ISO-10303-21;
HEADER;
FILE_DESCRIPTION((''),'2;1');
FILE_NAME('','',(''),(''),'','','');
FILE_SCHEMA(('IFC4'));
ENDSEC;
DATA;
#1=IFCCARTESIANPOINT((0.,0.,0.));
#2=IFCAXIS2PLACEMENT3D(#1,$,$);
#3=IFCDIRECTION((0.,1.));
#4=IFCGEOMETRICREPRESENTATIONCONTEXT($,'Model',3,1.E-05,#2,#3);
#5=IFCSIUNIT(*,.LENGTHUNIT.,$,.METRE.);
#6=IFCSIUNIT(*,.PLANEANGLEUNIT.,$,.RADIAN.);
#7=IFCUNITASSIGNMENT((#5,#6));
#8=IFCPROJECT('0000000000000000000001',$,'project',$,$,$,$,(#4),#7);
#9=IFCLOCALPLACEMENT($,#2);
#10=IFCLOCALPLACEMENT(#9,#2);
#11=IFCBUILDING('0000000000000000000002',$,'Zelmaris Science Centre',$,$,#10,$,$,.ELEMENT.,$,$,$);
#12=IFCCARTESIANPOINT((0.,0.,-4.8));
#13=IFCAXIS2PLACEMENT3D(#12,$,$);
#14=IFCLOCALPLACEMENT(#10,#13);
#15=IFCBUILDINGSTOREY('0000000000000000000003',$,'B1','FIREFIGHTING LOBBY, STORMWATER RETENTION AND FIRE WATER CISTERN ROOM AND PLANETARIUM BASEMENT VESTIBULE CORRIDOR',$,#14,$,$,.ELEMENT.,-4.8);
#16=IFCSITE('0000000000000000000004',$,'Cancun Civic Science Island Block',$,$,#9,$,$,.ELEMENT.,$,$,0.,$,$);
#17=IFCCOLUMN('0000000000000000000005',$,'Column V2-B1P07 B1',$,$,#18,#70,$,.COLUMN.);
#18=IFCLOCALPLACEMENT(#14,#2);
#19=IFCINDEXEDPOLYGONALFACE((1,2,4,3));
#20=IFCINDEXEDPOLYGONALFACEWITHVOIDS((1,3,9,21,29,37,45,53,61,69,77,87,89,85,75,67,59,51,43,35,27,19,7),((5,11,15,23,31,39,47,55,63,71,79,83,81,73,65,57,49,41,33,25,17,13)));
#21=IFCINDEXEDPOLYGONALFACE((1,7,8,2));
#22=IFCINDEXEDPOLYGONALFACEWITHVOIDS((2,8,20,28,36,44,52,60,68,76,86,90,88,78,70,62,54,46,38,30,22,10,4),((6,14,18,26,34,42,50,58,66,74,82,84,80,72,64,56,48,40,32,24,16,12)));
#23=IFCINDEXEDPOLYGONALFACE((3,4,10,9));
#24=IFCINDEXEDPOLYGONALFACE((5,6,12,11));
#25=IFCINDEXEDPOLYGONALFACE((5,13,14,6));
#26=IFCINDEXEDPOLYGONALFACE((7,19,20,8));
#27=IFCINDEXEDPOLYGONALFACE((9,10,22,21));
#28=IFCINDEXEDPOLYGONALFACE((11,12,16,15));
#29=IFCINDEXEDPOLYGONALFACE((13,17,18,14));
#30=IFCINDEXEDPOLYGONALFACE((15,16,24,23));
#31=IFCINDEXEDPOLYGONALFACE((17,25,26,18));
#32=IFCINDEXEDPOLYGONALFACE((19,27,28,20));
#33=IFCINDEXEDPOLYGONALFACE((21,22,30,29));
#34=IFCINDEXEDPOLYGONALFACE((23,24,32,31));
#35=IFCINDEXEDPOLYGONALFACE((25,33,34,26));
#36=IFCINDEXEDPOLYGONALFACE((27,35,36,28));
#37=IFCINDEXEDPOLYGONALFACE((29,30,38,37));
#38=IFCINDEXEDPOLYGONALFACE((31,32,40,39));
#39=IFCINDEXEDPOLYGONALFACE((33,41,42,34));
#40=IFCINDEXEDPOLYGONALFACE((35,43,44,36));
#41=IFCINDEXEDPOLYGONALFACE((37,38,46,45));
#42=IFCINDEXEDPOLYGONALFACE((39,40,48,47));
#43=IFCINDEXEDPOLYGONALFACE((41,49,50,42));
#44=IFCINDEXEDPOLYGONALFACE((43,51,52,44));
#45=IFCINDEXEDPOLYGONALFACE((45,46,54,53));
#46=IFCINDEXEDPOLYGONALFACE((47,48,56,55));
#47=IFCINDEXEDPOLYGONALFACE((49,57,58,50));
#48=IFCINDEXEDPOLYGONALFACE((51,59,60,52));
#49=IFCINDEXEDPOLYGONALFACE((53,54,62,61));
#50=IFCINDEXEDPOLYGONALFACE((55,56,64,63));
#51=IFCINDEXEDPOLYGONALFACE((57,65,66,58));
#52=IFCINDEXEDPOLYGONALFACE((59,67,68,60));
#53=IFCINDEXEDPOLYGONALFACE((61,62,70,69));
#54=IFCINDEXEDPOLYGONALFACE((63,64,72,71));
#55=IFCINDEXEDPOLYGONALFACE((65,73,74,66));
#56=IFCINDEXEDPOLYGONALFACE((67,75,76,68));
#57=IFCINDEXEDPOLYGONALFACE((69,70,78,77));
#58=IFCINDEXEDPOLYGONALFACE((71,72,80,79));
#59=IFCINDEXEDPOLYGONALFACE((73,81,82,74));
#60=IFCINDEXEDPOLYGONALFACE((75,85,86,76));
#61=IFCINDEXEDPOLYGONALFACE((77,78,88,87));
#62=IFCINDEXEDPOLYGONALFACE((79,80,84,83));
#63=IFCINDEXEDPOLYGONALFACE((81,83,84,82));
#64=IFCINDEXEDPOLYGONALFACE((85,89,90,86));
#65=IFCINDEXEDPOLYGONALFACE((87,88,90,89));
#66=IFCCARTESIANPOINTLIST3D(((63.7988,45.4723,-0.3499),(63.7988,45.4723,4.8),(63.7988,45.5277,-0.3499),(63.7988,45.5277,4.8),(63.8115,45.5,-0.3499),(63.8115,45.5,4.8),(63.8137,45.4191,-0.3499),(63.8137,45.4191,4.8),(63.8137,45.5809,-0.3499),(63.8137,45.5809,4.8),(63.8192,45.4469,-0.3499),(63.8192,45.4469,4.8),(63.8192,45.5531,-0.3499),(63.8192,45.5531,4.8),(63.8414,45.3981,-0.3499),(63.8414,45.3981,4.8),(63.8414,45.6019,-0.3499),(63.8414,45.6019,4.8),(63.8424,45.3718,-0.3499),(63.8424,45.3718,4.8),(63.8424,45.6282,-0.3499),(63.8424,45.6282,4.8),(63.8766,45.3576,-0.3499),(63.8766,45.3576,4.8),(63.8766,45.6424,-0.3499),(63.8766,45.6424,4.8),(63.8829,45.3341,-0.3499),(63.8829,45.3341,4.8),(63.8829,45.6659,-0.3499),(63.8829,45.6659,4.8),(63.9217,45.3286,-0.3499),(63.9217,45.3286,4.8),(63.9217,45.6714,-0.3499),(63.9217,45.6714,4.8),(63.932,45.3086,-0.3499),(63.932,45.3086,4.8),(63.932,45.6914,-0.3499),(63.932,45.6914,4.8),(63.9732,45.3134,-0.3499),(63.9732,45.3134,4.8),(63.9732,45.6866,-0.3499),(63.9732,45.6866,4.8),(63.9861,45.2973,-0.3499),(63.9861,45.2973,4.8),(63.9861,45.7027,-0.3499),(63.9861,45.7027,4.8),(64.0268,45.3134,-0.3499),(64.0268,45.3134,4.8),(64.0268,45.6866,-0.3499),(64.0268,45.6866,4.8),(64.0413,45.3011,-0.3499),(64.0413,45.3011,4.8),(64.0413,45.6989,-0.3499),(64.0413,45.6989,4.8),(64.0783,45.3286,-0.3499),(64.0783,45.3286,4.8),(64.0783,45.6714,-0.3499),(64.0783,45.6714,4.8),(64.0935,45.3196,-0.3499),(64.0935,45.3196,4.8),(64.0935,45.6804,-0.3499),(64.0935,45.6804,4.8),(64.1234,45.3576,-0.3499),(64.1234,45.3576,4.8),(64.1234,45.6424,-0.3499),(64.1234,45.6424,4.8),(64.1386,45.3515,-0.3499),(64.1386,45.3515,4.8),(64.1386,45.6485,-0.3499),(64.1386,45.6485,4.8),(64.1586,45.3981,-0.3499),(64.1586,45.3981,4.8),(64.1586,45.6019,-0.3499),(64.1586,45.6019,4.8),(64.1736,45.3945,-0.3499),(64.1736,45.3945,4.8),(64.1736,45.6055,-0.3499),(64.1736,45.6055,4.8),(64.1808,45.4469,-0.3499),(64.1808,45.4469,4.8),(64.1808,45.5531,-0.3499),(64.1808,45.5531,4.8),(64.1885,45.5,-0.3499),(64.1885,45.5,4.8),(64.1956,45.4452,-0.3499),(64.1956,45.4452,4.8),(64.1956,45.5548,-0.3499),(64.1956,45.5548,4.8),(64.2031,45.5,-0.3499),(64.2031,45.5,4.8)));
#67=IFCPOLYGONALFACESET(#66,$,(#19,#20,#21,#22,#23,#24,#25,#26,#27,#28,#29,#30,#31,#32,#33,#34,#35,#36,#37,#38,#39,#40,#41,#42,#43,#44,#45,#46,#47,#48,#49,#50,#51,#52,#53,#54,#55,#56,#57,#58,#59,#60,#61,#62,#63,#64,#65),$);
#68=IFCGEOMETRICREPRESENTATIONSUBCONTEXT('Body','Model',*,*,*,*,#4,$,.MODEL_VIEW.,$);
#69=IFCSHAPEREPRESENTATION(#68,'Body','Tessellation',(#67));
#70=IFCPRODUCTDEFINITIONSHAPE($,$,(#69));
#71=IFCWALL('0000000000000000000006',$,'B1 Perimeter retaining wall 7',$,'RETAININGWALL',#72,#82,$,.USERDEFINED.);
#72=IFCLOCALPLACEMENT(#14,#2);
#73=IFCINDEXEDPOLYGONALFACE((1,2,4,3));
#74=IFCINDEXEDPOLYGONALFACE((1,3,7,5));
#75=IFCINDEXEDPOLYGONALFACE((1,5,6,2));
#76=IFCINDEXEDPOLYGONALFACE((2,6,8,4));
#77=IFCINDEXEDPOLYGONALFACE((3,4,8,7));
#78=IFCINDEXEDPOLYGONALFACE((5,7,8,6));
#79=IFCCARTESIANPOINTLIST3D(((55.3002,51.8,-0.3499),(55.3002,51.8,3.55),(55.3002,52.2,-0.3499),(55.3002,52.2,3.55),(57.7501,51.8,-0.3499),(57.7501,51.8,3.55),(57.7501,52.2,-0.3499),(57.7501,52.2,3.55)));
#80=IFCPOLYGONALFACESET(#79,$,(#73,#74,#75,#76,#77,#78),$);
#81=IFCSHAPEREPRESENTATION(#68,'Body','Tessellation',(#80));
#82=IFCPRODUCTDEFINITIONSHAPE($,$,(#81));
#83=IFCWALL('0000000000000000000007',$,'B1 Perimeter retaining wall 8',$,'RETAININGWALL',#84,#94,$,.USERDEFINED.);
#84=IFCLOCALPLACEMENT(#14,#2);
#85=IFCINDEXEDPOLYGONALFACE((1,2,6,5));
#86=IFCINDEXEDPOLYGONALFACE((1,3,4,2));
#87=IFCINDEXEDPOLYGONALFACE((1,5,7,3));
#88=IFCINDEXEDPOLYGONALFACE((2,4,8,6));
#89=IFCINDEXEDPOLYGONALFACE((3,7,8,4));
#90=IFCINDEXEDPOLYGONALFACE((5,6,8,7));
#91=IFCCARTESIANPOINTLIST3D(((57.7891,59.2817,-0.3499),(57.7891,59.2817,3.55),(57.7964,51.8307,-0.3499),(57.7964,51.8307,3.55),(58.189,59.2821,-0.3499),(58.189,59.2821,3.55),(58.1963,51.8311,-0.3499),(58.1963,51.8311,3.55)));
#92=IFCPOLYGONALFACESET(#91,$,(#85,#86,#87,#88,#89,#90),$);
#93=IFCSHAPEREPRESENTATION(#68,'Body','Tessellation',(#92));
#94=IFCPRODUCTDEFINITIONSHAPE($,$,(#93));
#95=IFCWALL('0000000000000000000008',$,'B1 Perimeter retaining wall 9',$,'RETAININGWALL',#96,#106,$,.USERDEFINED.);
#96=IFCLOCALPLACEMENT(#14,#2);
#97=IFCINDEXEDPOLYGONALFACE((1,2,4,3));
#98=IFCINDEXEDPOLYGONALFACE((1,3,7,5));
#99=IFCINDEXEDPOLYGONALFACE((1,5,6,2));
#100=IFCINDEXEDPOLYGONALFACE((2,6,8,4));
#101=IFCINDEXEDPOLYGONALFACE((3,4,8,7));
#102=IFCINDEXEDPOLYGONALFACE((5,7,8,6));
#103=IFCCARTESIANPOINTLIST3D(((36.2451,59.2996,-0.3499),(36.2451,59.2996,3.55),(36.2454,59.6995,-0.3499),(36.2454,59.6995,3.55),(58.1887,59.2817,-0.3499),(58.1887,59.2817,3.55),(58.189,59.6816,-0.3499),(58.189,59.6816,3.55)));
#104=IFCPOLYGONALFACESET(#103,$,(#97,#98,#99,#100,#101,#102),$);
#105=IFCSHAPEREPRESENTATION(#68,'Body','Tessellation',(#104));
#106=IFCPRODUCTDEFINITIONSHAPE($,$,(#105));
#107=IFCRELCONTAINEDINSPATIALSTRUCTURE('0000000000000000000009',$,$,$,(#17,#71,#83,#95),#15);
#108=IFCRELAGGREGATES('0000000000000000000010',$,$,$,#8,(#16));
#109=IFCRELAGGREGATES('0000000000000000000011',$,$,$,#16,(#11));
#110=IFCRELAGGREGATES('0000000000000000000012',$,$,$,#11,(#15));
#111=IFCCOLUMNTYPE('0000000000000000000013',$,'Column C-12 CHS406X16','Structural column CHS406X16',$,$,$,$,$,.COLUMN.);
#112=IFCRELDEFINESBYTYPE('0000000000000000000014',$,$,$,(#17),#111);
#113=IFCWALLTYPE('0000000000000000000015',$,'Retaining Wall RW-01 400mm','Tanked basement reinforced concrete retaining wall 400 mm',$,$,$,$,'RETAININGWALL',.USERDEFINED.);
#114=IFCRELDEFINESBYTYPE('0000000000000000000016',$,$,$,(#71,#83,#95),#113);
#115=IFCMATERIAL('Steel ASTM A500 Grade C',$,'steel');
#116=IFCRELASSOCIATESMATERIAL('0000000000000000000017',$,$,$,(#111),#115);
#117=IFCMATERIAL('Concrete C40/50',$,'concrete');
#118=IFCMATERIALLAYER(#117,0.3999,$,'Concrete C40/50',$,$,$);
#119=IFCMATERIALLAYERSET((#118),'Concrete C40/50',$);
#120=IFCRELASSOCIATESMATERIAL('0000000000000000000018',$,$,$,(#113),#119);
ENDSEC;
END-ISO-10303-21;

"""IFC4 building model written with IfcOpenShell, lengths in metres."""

from ifc_helpers import new_model, si_unit, direction, frame, frame_2d, origin, origin_2d, place, context, subcontext, project, spatial, rectangle, hollow_circle, extrude, material, layer, layer_set, material_profile, profile_set, type_object, element, save


model = new_model("IFC4")

# Units and contexts
model_context = context("Model", 3, precision=1e-05, world=origin(), true_north=direction((0.0, 1.0)))
body_context = subcontext(model_context, "Body", "Model", "MODEL_VIEW")
ifc_project = project(units=[si_unit("LENGTHUNIT", "METRE"), si_unit("PLANEANGLEUNIT", "RADIAN")], contexts=[model_context])

# Site, building, storey
site_placement = place(None, origin())
site = spatial("IfcSite", under=ifc_project, at=site_placement, Name="Cancun Civic Science Island Block", CompositionType="ELEMENT", RefElevation=0.0)
building_placement = place(site_placement, origin())
building = spatial("IfcBuilding", under=site, at=building_placement, Name="Zelmaris Science Centre", CompositionType="ELEMENT")
storey_placement = place(building_placement, frame((0.0, 0.0, -4.8)))
storey = spatial("IfcBuildingStorey", under=building, at=storey_placement, Name="B1", Description="FIREFIGHTING LOBBY, STORMWATER RETENTION AND FIRE WATER CISTERN ROOM AND PLANETARIUM BASEMENT VESTIBULE CORRIDOR", CompositionType="ELEMENT", Elevation=-4.8)

# Shared definitions
ifc_material_1 = material(Name="Concrete C40/50", Category="concrete")

# Column
ifc_material_2 = material(Name="Steel ASTM A500 Grade C", Category="steel")
ifc_material_profile_1 = material_profile(ifc_material_2, hollow_circle(Radius=0.2031, WallThickness=0.0146, at=origin_2d()), Name="CHS406X16")
ifc_profile_set_1 = profile_set([ifc_material_profile_1], Name="Steel ASTM A500 Grade C")
column_type_1 = type_object("IfcColumnType", Name="Column C-12 CHS406X16", Description="Structural column CHS406X16", PredefinedType="COLUMN", material=ifc_profile_set_1)
column_1_placement = place(storey_placement, frame((64.0, 45.5, -0.3499), z_axis=(0.0, 0.0, 1.0), x_axis=(1.0, 0.0, 0.0)))
element("IfcColumn", 1, at=column_1_placement, inside=storey, type_object=column_type_1, Name="Column V2-B1P07 B1", PredefinedType="COLUMN", context=body_context, shape_type="SweptSolid", body=[
    extrude(hollow_circle(Radius=0.2031, WallThickness=0.0146, at=origin_2d()), origin(), (0.0, 0.0, 1.0), 5.1499),
])

# Walls
ifc_layer = layer(ifc_material_1, 0.3999, Name="Concrete C40/50")
ifc_layer_set = layer_set([ifc_layer], Name="Concrete C40/50")
wall_type = type_object("IfcWallType", Name="Retaining Wall RW-01 400mm", Description="Tanked basement reinforced concrete retaining wall 400 mm", ElementType="RETAININGWALL", PredefinedType="USERDEFINED", material=ifc_layer_set)
wall_1_placement = place(storey_placement, frame((55.3, 52.0, -0.3499), z_axis=(0.0, 0.0, 1.0), x_axis=(1.0, 0.0, 0.0)))
element("IfcWall", 2, at=wall_1_placement, inside=storey, type_object=wall_type, Name="B1 Perimeter retaining wall 7", ObjectType="RETAININGWALL", PredefinedType="USERDEFINED", context=body_context, shape_type="SweptSolid", body=[
    extrude(rectangle(XDim=2.45, YDim=0.3999, at=frame_2d((1.2251, 0.0))), origin(), (0.0, 0.0, 1.0), 3.8999),
])
wall_2_placement = place(storey_placement, frame((57.9963, 51.8308, -0.3499), z_axis=(0.0, 0.0, 1.0), x_axis=(-0.000983, 1.0, 0.0)))
element("IfcWall", 3, at=wall_2_placement, inside=storey, type_object=wall_type, Name="B1 Perimeter retaining wall 8", ObjectType="RETAININGWALL", PredefinedType="USERDEFINED", context=body_context, shape_type="SweptSolid", body=[
    extrude(rectangle(XDim=7.4509, YDim=0.3999, at=frame_2d((3.7256, 0.0))), origin(), (0.0, 0.0, 1.0), 3.8999),
])
wall_3_placement = place(storey_placement, frame((58.1887, 59.4817, -0.3499), z_axis=(0.0, 0.0, 1.0), x_axis=(-1.0, 0.000812, 0.0)))
element("IfcWall", 4, at=wall_3_placement, inside=storey, type_object=wall_type, Name="B1 Perimeter retaining wall 9", ObjectType="RETAININGWALL", PredefinedType="USERDEFINED", context=body_context, shape_type="SweptSolid", body=[
    extrude(rectangle(XDim=21.9436, YDim=0.3999, at=frame_2d((10.9717, 0.0))), origin(), (0.0, 0.0, 1.0), 3.8999),
])

save(model, "model.ifc")
